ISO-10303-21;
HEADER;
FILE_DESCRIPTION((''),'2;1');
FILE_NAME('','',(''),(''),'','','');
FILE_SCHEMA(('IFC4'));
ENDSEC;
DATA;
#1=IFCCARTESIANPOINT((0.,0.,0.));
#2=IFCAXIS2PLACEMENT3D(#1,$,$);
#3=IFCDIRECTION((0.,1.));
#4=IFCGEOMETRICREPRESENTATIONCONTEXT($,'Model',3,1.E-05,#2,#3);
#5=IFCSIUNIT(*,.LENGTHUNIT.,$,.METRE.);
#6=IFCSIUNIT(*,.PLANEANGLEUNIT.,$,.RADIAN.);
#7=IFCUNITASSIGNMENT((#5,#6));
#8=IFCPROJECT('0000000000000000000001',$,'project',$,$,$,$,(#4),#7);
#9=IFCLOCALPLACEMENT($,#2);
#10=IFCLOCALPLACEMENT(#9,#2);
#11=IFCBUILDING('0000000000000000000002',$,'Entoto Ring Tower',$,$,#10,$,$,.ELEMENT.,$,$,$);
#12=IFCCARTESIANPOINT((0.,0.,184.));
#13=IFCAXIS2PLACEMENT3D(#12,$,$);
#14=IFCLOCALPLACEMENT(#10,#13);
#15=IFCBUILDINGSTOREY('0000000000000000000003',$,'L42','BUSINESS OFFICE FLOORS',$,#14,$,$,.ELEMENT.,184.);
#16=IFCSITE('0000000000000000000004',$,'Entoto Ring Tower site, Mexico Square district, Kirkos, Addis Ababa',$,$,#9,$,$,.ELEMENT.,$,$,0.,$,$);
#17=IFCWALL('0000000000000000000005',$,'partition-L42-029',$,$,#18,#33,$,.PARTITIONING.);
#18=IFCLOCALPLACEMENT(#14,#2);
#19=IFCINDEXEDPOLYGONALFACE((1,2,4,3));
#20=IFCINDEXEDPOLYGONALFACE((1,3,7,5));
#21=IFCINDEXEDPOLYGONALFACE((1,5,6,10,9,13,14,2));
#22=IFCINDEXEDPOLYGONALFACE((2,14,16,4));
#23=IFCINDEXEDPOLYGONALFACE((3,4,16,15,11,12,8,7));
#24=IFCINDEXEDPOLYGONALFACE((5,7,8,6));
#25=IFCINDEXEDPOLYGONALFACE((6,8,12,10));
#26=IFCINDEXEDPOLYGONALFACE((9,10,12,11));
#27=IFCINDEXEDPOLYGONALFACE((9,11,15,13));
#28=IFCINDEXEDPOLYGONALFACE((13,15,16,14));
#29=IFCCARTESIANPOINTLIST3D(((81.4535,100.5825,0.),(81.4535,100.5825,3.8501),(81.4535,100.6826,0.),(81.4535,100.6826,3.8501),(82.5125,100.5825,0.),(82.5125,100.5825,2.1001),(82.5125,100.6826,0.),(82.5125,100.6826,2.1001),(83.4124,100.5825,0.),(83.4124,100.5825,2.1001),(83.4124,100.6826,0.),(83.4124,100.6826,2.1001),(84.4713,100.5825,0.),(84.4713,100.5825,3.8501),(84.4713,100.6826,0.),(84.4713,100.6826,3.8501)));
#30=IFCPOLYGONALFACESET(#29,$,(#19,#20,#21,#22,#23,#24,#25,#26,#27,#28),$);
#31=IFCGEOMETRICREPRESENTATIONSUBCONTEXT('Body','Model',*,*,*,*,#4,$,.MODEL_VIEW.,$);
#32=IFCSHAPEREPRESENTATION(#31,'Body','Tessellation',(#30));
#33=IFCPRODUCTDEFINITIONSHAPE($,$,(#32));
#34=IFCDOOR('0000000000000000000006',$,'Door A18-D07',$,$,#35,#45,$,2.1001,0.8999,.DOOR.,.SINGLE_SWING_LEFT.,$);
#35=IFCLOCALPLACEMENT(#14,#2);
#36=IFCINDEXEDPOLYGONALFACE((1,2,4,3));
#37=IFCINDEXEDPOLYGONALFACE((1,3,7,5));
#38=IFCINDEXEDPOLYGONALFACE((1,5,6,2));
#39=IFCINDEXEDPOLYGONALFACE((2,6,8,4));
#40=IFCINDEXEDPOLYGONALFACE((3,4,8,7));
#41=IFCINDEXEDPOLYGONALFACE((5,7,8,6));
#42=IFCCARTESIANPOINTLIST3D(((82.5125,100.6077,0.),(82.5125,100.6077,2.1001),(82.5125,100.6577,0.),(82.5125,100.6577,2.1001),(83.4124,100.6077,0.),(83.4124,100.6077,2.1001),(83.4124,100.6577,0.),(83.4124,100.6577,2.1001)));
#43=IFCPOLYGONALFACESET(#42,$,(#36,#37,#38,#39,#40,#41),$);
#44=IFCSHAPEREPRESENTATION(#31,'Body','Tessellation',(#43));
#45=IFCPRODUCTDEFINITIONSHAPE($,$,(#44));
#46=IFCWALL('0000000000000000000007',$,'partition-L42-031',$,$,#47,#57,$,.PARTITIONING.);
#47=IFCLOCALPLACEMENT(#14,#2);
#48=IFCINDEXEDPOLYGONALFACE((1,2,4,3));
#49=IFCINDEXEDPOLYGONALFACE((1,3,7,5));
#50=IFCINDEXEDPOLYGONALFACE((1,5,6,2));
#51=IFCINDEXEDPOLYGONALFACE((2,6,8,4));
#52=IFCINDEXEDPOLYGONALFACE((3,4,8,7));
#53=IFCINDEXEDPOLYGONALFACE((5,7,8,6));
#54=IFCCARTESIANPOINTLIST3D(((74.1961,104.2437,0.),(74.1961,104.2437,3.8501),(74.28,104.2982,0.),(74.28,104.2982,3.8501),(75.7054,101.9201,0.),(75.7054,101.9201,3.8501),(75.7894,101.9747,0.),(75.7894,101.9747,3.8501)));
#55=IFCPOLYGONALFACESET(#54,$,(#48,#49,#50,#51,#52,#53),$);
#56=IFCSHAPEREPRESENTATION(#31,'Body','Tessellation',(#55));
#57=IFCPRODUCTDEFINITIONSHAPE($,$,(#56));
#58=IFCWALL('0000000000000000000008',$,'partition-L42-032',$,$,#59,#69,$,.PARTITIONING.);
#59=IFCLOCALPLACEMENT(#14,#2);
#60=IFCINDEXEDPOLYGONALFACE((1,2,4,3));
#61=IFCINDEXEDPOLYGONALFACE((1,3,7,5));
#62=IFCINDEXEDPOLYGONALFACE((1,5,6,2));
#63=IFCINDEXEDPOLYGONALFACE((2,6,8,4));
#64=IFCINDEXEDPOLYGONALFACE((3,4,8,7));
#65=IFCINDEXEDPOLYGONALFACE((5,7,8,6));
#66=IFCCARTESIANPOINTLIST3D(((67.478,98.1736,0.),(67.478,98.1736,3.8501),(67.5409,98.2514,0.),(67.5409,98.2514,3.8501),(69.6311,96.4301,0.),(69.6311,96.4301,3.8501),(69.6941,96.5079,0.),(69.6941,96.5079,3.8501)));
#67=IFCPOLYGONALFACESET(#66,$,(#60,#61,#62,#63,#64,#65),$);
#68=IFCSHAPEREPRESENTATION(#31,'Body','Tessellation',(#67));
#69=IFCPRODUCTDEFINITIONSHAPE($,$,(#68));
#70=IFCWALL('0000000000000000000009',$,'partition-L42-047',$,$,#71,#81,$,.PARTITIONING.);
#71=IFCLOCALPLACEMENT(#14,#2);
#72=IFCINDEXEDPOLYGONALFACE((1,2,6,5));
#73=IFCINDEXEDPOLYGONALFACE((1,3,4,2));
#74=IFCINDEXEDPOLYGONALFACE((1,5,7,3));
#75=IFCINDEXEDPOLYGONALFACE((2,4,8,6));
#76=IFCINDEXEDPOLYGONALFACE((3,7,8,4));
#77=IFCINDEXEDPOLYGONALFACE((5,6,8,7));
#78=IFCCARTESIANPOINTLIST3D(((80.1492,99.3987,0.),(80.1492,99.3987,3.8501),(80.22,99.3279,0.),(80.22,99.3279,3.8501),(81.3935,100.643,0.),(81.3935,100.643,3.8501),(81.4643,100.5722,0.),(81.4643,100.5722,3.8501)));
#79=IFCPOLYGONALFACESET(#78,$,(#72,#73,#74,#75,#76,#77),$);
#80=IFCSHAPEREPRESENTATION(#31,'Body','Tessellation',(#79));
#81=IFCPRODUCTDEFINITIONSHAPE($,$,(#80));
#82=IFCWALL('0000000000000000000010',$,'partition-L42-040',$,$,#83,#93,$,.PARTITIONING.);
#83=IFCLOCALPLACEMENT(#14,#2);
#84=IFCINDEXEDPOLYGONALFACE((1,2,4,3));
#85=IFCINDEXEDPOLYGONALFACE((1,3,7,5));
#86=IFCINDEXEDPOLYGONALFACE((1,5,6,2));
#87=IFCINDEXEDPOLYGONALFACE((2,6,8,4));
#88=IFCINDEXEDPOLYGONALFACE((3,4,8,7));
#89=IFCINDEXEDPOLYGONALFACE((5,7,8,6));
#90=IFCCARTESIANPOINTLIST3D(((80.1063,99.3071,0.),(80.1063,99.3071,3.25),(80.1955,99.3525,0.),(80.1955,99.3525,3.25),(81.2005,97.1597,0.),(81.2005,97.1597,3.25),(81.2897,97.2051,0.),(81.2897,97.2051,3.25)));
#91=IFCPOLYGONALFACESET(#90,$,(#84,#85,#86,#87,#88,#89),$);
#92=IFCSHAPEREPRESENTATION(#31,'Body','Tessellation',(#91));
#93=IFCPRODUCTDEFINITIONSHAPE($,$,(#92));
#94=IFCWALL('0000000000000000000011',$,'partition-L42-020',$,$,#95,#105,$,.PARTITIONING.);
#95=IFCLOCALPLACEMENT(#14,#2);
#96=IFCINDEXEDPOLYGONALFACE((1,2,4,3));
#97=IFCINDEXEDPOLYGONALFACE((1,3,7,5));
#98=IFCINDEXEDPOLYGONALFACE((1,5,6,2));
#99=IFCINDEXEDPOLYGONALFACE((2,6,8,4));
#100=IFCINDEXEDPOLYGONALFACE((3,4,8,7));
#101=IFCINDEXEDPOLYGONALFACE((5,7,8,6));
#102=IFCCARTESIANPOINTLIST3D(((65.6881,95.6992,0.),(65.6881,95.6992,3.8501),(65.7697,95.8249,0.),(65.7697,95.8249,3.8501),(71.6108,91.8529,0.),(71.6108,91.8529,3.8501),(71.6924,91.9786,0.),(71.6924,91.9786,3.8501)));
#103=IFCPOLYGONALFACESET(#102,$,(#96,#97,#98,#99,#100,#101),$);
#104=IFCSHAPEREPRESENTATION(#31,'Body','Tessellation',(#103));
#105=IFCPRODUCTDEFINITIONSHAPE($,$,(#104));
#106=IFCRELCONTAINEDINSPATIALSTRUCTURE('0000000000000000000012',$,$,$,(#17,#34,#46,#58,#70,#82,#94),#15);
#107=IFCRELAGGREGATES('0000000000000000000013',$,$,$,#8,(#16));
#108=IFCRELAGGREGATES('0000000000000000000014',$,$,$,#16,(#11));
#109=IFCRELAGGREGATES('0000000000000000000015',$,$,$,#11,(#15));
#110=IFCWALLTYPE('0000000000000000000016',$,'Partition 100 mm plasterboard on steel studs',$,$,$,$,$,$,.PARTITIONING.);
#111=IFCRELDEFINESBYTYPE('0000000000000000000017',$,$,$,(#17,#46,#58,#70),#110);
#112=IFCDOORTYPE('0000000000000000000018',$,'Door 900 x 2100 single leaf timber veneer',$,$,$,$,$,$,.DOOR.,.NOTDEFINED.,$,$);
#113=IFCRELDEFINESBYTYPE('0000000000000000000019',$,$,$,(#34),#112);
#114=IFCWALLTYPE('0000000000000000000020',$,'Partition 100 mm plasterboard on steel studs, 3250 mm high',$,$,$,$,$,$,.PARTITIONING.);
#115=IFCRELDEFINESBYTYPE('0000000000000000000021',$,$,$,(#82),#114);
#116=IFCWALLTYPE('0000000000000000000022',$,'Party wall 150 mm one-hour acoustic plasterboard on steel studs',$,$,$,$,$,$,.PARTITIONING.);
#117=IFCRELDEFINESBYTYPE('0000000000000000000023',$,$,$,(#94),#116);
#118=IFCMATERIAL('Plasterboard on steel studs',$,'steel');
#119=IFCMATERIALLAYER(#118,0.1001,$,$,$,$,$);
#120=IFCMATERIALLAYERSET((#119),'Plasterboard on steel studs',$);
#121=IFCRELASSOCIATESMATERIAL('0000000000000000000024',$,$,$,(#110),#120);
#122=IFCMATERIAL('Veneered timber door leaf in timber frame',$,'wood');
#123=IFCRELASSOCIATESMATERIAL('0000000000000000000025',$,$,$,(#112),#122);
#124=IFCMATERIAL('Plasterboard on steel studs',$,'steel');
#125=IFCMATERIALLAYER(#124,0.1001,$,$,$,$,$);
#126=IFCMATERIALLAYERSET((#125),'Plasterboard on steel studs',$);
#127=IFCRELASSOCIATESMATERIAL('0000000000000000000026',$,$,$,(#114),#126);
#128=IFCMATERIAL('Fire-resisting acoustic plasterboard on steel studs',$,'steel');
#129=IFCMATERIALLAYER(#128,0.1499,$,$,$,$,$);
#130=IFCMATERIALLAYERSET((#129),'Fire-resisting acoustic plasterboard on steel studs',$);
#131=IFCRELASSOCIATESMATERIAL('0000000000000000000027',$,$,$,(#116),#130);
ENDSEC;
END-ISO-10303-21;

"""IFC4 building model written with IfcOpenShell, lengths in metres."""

from ifc_helpers import new_model, si_unit, direction, frame, frame_2d, origin, place, context, subcontext, project, spatial, rectangle, extrude, material, layer, layer_set, type_object, element, fill, save


model = new_model("IFC4")

# Units and contexts
model_context = context("Model", 3, precision=1e-05, world=origin(), true_north=direction((0.0, 1.0)))
body_context = subcontext(model_context, "Body", "Model", "MODEL_VIEW")
ifc_project = project(units=[si_unit("LENGTHUNIT", "METRE"), si_unit("PLANEANGLEUNIT", "RADIAN")], contexts=[model_context])

# Site, building, storey
site_placement = place(None, origin())
site = spatial("IfcSite", under=ifc_project, at=site_placement, Name="Entoto Ring Tower site, Mexico Square district, Kirkos, Addis Ababa", CompositionType="ELEMENT", RefElevation=0.0)
building_placement = place(site_placement, origin())
building = spatial("IfcBuilding", under=site, at=building_placement, Name="Entoto Ring Tower", CompositionType="ELEMENT")
storey_placement = place(building_placement, frame((0.0, 0.0, 184.0)))
storey = spatial("IfcBuildingStorey", under=building, at=storey_placement, Name="L42", Description="BUSINESS OFFICE FLOORS", CompositionType="ELEMENT", Elevation=184.0)

# Wall, opening, door
ifc_material_1 = material(Name="Plasterboard on steel studs", Category="steel")
ifc_layer_1 = layer(ifc_material_1, 0.1001)
ifc_layer_set_1 = layer_set([ifc_layer_1], Name="Plasterboard on steel studs")
wall_type_1 = type_object("IfcWallType", Name="Partition 100 mm plasterboard on steel studs", PredefinedType="PARTITIONING", material=ifc_layer_set_1)
ifc_material_2 = material(Name="Veneered timber door leaf in timber frame", Category="wood")
door_type_1 = type_object("IfcDoorType", Name="Door 900 x 2100 single leaf timber veneer", OperationType="NOTDEFINED", PredefinedType="DOOR", material=ifc_material_2)
wall_1_placement = place(storey_placement, frame((81.4536, 100.6326, 0.0), z_axis=(0.0, 0.0, 1.0), x_axis=(1.0, 0.0, 0.0)))
wall_1 = element("IfcWall", 1, at=wall_1_placement, inside=storey, type_object=wall_type_1, Name="partition-L42-029", PredefinedType="PARTITIONING", context=body_context, shape_type="SweptSolid", body=[
    extrude(rectangle(XDim=3.0178, YDim=0.1001, at=frame_2d((1.5088, 0.0))), origin(), (0.0, 0.0, 1.0), 3.8501),
])
opening_1_placement = place(wall_1_placement, frame((1.0588, 0.0, 0.0)))
opening_1 = element("IfcOpeningElement", 2, at=opening_1_placement, cuts=wall_1, PredefinedType="OPENING", context=body_context, shape_type="SweptSolid", body=[
    extrude(rectangle(XDim=0.8999, YDim=2.1001, at=frame_2d((0.45, 1.05))), frame((0.0, 0.0601, 0.0), z_axis=(0.0, -1.0, 0.0), x_axis=(1.0, 0.0, 0.0)), (0.0, 0.0, 1.0), 0.1201),
])
door_1_placement = place(opening_1_placement, frame((0.8999, 0.0, 0.0), z_axis=(0.0, 0.0, 1.0), x_axis=(-1.0, 0.0, 0.0)))
door_1 = element("IfcDoor", 3, at=door_1_placement, inside=storey, type_object=door_type_1, Name="Door A18-D07", OperationType="SINGLE_SWING_LEFT", OverallHeight=2.1001, OverallWidth=0.8999, PredefinedType="DOOR", context=body_context, shape_type="SweptSolid", body=[
    extrude(rectangle(XDim=0.8999, YDim=2.1001, at=frame_2d((0.45, 1.05))), frame((0.0, 0.0249, 0.0), z_axis=(0.0, -1.0, 0.0), x_axis=(1.0, 0.0, 0.0)), (0.0, 0.0, 1.0), 0.05),
])
fill(opening_1, door_1)

# Walls
wall_2_placement = place(storey_placement, frame((75.7473, 101.9475, 0.0), z_axis=(0.0, 0.0, 1.0), x_axis=(-0.544737, 0.838607, 0.0)))
element("IfcWall", 4, at=wall_2_placement, inside=storey, type_object=wall_type_1, Name="partition-L42-031", PredefinedType="PARTITIONING", context=body_context, shape_type="SweptSolid", body=[
    extrude(rectangle(XDim=2.7708, YDim=0.1001, at=frame_2d((1.3853, 0.0))), origin(), (0.0, 0.0, 1.0), 3.8501),
])
wall_3_placement = place(storey_placement, frame((69.6626, 96.469, 0.0), z_axis=(0.0, 0.0, 1.0), x_axis=(-0.777167, 0.629295, 0.0)))
element("IfcWall", 5, at=wall_3_placement, inside=storey, type_object=wall_type_1, Name="partition-L42-032", PredefinedType="PARTITIONING", context=body_context, shape_type="SweptSolid", body=[
    extrude(rectangle(XDim=2.7705, YDim=0.1001, at=frame_2d((1.3853, 0.0))), origin(), (0.0, 0.0, 1.0), 3.8501),
])
wall_4_placement = place(storey_placement, frame((80.1846, 99.3633, 0.0), z_axis=(0.0, 0.0, 1.0), x_axis=(0.707107, 0.707107, 0.0)))
element("IfcWall", 6, at=wall_4_placement, inside=storey, type_object=wall_type_1, Name="partition-L42-047", PredefinedType="PARTITIONING", context=body_context, shape_type="SweptSolid", body=[
    extrude(rectangle(XDim=1.7598, YDim=0.1001, at=frame_2d((0.8799, 0.0))), origin(), (0.0, 0.0, 1.0), 3.8501),
])
ifc_material_3 = material(Name="Plasterboard on steel studs", Category="steel")
ifc_layer_2 = layer(ifc_material_3, 0.1001)
ifc_layer_set_2 = layer_set([ifc_layer_2], Name="Plasterboard on steel studs")
wall_type_2 = type_object("IfcWallType", Name="Partition 100 mm plasterboard on steel studs, 3250 mm high", PredefinedType="PARTITIONING", material=ifc_layer_set_2)
wall_5_placement = place(storey_placement, frame((81.2451, 97.1824, 0.0), z_axis=(0.0, 0.0, 1.0), x_axis=(-0.454008, 0.890998, 0.0)))
element("IfcWall", 7, at=wall_5_placement, inside=storey, type_object=wall_type_2, Name="partition-L42-040", PredefinedType="PARTITIONING", context=body_context, shape_type="SweptSolid", body=[
    extrude(rectangle(XDim=2.4102, YDim=0.1001, at=frame_2d((1.2051, 0.0))), origin(), (0.0, 0.0, 1.0), 3.25),
])
ifc_material_4 = material(Name="Fire-resisting acoustic plasterboard on steel studs", Category="steel")
ifc_layer_3 = layer(ifc_material_4, 0.1499)
ifc_layer_set_3 = layer_set([ifc_layer_3], Name="Fire-resisting acoustic plasterboard on steel studs")
wall_type_3 = type_object("IfcWallType", Name="Party wall 150 mm one-hour acoustic plasterboard on steel studs", PredefinedType="PARTITIONING", material=ifc_layer_set_3)
wall_6_placement = place(storey_placement, frame((71.6516, 91.9158, 0.0), z_axis=(0.0, 0.0, 1.0), x_axis=(-0.83867, 0.54464, 0.0)))
element("IfcWall", 8, at=wall_6_placement, inside=storey, type_object=wall_type_3, Name="partition-L42-020", PredefinedType="PARTITIONING", context=body_context, shape_type="SweptSolid", body=[
    extrude(rectangle(XDim=7.062, YDim=0.1499, at=frame_2d((3.531, 0.0))), origin(), (0.0, 0.0, 1.0), 3.8501),
])

save(model, "model.ifc")
